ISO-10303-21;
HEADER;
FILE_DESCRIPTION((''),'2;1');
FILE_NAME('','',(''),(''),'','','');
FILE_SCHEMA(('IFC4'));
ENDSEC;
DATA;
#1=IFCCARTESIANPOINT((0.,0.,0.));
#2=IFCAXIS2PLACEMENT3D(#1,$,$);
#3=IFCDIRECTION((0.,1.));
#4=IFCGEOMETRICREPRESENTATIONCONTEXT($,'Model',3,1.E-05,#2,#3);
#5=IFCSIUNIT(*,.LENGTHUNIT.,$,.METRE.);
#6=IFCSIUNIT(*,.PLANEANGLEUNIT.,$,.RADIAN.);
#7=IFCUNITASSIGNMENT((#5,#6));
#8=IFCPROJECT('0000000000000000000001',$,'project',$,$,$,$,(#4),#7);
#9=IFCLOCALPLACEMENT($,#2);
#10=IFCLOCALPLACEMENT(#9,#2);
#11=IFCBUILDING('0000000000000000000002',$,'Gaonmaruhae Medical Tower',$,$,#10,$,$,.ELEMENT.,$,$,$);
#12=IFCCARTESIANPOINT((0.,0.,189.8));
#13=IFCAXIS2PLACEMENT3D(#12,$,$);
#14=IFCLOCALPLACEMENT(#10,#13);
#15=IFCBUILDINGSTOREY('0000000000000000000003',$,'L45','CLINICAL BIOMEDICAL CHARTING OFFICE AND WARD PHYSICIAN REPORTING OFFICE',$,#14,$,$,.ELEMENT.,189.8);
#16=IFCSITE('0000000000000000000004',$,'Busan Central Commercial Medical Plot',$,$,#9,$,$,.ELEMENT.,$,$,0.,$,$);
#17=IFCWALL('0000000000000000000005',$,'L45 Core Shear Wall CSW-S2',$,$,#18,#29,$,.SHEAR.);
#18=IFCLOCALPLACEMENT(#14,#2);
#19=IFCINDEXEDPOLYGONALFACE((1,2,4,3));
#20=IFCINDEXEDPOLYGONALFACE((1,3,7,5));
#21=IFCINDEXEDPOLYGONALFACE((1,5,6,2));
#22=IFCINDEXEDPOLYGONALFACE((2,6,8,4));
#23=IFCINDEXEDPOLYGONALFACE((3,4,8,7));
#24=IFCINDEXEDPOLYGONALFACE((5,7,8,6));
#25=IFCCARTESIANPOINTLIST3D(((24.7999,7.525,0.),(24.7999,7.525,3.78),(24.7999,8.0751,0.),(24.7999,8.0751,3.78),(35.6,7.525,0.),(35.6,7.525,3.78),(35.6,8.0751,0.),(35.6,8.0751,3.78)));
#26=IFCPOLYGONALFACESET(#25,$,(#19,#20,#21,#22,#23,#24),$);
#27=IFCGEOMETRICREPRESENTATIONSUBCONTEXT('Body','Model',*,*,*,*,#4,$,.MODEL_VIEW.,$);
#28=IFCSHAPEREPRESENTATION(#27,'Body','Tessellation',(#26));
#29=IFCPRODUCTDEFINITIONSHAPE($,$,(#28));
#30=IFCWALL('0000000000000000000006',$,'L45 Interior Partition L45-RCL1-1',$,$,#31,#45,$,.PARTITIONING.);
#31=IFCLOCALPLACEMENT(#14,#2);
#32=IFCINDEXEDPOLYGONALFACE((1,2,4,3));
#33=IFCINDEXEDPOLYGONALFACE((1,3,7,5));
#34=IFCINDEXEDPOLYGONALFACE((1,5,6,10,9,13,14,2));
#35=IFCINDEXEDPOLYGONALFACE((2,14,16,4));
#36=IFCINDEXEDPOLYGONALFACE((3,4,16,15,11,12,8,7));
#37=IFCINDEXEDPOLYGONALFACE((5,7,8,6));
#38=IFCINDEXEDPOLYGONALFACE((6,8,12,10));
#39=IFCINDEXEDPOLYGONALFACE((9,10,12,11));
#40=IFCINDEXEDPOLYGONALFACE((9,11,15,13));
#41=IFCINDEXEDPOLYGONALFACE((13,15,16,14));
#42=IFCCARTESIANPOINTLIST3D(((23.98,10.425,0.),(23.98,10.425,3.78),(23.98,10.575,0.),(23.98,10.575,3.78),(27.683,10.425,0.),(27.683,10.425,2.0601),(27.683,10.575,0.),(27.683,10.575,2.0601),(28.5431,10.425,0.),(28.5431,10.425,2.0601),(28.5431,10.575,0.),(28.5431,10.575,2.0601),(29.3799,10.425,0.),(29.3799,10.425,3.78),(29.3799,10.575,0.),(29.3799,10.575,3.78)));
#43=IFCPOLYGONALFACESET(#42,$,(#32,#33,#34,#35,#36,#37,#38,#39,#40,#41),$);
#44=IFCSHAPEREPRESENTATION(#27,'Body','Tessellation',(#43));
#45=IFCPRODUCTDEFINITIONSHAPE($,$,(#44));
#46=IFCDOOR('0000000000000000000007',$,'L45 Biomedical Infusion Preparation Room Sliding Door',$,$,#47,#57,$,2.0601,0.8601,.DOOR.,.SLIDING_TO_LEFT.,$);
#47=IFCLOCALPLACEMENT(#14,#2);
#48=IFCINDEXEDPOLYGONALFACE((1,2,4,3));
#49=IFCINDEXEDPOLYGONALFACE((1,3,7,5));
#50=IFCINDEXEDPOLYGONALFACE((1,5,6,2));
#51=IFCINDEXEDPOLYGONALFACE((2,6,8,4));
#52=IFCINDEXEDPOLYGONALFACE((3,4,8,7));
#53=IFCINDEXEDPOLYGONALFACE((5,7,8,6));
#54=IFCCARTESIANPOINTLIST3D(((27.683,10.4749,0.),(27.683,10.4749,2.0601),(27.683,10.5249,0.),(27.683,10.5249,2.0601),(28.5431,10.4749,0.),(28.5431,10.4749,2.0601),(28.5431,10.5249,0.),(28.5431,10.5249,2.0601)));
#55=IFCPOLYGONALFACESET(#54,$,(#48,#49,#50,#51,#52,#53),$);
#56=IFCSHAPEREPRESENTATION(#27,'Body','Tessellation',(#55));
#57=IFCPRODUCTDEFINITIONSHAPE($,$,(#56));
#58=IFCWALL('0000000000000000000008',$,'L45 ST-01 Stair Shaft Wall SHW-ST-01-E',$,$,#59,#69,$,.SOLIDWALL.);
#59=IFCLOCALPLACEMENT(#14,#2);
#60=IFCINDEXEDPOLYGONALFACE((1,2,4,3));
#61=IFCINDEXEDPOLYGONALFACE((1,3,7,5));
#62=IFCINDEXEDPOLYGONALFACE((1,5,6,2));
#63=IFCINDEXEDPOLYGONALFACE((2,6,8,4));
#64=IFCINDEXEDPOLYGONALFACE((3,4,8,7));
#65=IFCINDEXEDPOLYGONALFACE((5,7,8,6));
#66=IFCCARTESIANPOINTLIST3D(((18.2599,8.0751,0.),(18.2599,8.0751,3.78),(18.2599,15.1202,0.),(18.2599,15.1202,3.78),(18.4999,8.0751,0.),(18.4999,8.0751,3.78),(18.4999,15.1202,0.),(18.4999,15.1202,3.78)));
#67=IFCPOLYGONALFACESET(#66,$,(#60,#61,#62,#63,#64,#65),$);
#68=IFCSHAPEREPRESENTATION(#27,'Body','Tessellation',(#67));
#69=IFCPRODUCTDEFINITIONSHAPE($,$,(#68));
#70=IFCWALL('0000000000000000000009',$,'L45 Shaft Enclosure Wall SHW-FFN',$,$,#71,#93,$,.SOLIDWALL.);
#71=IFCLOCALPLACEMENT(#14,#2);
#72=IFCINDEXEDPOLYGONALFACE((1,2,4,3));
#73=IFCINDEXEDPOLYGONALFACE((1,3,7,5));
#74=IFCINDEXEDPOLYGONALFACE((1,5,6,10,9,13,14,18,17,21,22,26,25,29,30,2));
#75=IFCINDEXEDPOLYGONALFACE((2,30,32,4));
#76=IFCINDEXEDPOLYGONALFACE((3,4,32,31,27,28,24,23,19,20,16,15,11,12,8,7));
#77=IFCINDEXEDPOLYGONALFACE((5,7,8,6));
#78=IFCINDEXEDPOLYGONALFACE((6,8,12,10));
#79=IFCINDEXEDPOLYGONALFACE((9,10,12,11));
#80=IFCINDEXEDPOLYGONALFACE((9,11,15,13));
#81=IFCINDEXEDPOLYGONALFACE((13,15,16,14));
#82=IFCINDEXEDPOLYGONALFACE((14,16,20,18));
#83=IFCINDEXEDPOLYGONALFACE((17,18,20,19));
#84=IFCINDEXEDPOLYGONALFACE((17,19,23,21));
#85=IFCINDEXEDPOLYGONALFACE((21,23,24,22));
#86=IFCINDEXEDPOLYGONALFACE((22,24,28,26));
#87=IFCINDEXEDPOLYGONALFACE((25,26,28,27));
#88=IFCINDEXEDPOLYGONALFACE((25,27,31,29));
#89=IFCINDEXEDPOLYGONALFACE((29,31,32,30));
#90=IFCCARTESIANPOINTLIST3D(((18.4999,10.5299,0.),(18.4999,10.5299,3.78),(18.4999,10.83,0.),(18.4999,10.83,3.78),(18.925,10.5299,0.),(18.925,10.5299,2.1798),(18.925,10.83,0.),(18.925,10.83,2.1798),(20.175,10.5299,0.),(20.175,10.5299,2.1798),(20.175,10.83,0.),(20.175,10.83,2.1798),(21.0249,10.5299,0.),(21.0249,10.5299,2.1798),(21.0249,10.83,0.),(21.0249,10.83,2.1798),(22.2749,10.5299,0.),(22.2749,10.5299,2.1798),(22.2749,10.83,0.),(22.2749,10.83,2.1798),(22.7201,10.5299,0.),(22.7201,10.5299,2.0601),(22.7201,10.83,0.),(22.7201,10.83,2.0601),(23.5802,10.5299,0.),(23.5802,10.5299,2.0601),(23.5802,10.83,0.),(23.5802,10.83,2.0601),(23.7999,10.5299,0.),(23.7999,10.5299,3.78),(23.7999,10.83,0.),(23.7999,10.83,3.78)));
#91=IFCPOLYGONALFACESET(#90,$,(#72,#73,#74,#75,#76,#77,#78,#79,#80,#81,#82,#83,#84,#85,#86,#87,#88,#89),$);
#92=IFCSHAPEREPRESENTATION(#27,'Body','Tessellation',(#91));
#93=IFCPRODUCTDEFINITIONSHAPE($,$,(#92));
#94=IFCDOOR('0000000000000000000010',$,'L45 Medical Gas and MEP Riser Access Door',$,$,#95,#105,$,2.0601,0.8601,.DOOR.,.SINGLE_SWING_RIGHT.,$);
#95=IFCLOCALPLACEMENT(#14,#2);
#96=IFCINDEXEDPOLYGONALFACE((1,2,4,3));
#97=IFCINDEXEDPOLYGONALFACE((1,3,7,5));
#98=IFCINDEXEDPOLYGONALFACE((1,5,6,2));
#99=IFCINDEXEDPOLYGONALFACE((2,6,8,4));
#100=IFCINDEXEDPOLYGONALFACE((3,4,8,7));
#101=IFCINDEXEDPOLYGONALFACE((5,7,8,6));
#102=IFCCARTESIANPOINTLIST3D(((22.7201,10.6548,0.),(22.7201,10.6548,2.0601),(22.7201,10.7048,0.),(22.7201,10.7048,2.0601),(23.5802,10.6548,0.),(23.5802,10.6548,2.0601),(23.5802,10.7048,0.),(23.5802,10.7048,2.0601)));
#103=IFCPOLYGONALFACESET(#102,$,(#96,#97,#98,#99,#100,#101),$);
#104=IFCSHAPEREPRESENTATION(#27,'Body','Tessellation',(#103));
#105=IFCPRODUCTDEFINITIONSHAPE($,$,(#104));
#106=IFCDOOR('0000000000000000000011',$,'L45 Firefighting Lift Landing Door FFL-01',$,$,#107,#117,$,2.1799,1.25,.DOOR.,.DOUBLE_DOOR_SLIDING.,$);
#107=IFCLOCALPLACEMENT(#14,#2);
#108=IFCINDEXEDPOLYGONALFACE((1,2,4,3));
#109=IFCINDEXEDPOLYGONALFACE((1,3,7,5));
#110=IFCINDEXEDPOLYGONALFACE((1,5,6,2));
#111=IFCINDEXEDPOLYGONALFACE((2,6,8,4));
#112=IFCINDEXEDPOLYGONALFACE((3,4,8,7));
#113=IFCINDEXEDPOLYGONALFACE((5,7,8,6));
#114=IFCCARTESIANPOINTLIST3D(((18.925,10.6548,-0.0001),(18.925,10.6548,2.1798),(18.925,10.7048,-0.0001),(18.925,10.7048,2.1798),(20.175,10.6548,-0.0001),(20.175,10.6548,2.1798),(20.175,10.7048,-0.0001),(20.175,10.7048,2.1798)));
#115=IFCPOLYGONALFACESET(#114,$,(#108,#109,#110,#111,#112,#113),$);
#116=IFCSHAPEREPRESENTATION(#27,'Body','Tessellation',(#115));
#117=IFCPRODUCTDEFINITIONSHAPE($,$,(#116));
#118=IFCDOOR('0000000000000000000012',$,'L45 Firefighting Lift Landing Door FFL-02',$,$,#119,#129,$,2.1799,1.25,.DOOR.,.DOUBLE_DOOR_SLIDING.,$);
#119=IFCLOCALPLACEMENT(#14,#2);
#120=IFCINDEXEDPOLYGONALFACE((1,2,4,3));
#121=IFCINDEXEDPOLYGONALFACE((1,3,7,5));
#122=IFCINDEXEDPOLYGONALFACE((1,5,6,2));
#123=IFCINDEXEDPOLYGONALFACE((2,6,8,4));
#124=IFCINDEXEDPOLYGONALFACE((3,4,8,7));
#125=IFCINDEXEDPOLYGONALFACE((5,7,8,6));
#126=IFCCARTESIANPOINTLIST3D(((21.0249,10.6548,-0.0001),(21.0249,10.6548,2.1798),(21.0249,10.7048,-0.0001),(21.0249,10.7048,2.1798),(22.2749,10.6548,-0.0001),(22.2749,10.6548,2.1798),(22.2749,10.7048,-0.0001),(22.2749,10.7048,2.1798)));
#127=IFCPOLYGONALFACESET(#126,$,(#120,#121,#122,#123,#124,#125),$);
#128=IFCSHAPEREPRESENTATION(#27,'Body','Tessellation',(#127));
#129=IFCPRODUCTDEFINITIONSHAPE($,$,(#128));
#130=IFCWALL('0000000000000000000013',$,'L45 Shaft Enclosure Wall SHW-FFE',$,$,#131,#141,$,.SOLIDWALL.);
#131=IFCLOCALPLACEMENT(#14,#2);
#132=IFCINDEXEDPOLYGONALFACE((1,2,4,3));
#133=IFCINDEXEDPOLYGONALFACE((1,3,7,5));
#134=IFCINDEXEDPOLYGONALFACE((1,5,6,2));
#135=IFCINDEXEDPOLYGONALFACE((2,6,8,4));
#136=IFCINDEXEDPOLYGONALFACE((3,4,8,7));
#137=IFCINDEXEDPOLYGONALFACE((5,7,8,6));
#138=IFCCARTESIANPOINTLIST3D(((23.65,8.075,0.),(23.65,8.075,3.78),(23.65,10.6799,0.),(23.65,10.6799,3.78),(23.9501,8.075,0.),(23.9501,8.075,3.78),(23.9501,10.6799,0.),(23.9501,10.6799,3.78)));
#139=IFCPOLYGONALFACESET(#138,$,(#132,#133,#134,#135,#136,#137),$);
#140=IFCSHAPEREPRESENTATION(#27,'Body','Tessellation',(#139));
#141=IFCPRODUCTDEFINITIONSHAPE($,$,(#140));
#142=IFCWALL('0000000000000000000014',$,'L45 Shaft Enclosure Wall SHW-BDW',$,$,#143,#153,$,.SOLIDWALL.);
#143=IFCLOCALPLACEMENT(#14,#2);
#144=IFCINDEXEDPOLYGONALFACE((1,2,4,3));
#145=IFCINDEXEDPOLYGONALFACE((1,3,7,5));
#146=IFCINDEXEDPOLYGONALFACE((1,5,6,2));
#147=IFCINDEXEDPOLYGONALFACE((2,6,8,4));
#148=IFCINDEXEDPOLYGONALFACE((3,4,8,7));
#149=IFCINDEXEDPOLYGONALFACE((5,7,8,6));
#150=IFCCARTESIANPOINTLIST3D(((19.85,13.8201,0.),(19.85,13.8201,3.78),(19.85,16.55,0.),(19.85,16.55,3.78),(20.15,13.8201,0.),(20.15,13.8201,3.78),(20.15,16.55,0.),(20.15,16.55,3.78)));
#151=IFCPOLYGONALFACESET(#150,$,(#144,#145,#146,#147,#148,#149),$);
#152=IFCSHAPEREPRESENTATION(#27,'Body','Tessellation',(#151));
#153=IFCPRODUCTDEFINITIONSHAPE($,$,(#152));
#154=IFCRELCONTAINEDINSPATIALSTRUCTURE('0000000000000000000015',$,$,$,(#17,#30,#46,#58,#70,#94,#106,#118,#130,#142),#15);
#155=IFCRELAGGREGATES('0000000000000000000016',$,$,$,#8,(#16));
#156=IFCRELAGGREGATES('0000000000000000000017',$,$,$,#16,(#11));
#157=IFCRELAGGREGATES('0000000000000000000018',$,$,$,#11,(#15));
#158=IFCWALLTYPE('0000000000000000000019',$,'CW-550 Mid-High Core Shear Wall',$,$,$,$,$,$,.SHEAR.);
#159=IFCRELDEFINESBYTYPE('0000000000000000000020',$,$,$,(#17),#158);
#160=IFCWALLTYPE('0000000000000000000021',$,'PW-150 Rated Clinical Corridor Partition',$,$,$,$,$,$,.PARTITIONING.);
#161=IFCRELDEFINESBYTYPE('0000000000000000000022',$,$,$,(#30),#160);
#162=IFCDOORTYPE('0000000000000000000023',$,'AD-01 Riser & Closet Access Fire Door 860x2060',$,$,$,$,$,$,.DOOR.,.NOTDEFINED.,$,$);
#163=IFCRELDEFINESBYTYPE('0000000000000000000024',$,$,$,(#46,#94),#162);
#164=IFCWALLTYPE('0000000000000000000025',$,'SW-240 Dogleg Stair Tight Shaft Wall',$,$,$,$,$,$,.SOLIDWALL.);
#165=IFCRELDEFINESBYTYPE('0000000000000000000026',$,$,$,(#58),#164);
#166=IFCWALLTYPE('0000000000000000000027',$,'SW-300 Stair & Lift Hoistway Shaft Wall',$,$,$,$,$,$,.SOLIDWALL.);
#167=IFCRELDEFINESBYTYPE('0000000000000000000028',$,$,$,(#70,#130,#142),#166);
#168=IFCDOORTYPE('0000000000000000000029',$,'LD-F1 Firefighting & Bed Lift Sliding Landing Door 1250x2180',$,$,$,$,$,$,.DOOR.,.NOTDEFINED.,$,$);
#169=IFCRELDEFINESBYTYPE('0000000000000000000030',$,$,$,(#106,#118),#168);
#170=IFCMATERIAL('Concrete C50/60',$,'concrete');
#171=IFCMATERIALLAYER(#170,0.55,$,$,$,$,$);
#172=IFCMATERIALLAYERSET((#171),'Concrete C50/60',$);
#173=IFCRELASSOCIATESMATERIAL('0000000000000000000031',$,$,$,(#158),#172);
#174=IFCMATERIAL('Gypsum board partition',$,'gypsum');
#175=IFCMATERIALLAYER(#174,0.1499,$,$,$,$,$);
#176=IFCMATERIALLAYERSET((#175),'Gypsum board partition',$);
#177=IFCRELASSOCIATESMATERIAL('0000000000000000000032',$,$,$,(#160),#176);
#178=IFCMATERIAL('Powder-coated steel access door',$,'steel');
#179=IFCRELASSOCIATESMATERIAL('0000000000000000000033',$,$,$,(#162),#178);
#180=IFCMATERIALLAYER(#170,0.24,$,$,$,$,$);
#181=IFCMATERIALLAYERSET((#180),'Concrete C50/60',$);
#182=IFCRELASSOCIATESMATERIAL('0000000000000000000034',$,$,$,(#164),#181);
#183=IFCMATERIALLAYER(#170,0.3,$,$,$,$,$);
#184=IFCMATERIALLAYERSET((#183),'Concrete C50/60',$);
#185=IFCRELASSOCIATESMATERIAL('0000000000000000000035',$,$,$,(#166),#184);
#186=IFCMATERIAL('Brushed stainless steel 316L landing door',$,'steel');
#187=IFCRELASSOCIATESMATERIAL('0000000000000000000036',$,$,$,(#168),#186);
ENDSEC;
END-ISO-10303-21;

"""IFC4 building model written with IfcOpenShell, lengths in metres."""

from ifc_helpers import new_model, si_unit, direction, frame, frame_2d, origin, place, context, subcontext, project, spatial, rectangle, extrude, material, layer, layer_set, type_object, element, fill, save


model = new_model("IFC4")

# Units and contexts
model_context = context("Model", 3, precision=1e-05, world=origin(), true_north=direction((0.0, 1.0)))
body_context = subcontext(model_context, "Body", "Model", "MODEL_VIEW")
ifc_project = project(units=[si_unit("LENGTHUNIT", "METRE"), si_unit("PLANEANGLEUNIT", "RADIAN")], contexts=[model_context])

# Site, building, storey
site_placement = place(None, origin())
site = spatial("IfcSite", under=ifc_project, at=site_placement, Name="Busan Central Commercial Medical Plot", CompositionType="ELEMENT", RefElevation=0.0)
building_placement = place(site_placement, origin())
building = spatial("IfcBuilding", under=site, at=building_placement, Name="Gaonmaruhae Medical Tower", CompositionType="ELEMENT")
storey_placement = place(building_placement, frame((0.0, 0.0, 189.8)))
storey = spatial("IfcBuildingStorey", under=building, at=storey_placement, Name="L45", Description="CLINICAL BIOMEDICAL CHARTING OFFICE AND WARD PHYSICIAN REPORTING OFFICE", CompositionType="ELEMENT", Elevation=189.8)

# Wall
ifc_material_1 = material(Name="Concrete C50/60", Category="concrete")
ifc_layer_1 = layer(ifc_material_1, 0.55)
ifc_layer_set_1 = layer_set([ifc_layer_1], Name="Concrete C50/60")
wall_type_1 = type_object("IfcWallType", Name="CW-550 Mid-High Core Shear Wall", PredefinedType="SHEAR", material=ifc_layer_set_1)
wall_1_placement = place(storey_placement, frame((24.8, 7.8, 0.0), z_axis=(0.0, 0.0, 1.0), x_axis=(1.0, 0.0, 0.0)))
element("IfcWall", 1, at=wall_1_placement, inside=storey, type_object=wall_type_1, Name="L45 Core Shear Wall CSW-S2", PredefinedType="SHEAR", context=body_context, shape_type="SweptSolid", body=[
    extrude(rectangle(XDim=10.8, YDim=0.55, at=frame_2d((5.3999, 0.0))), origin(), (0.0, 0.0, 1.0), 3.78),
])

# Wall, opening, door
ifc_material_2 = material(Name="Gypsum board partition", Category="gypsum")
ifc_layer_2 = layer(ifc_material_2, 0.1499)
ifc_layer_set_2 = layer_set([ifc_layer_2], Name="Gypsum board partition")
wall_type_2 = type_object("IfcWallType", Name="PW-150 Rated Clinical Corridor Partition", PredefinedType="PARTITIONING", material=ifc_layer_set_2)
wall_2_placement = place(storey_placement, frame((23.98, 10.5, 0.0), z_axis=(0.0, 0.0, 1.0), x_axis=(1.0, 0.0, 0.0)))
wall_2 = element("IfcWall", 2, at=wall_2_placement, inside=storey, type_object=wall_type_2, Name="L45 Interior Partition L45-RCL1-1", PredefinedType="PARTITIONING", context=body_context, shape_type="SweptSolid", body=[
    extrude(rectangle(XDim=5.3999, YDim=0.1499, at=frame_2d((2.7, 0.0))), origin(), (0.0, 0.0, 1.0), 3.78),
])
opening_1_placement = place(wall_2_placement, frame((3.7029, 0.0, 0.0)))
opening_1 = element("IfcOpeningElement", 3, at=opening_1_placement, cuts=wall_2, PredefinedType="OPENING", context=body_context, shape_type="SweptSolid", body=[
    extrude(rectangle(XDim=0.8601, YDim=2.0601, at=frame_2d((0.4302, 1.03))), frame((0.0, 0.085, 0.0), z_axis=(0.0, -1.0, 0.0), x_axis=(1.0, 0.0, 0.0)), (0.0, 0.0, 1.0), 0.1699),
])
ifc_material_3 = material(Name="Powder-coated steel access door", Category="steel")
door_type_1 = type_object("IfcDoorType", Name="AD-01 Riser & Closet Access Fire Door 860x2060", OperationType="NOTDEFINED", PredefinedType="DOOR", material=ifc_material_3)
door_1_placement = place(opening_1_placement, origin())
door_1 = element("IfcDoor", 4, at=door_1_placement, inside=storey, type_object=door_type_1, Name="L45 Biomedical Infusion Preparation Room Sliding Door", OperationType="SLIDING_TO_LEFT", OverallHeight=2.0601, OverallWidth=0.8601, PredefinedType="DOOR", context=body_context, shape_type="SweptSolid", body=[
    extrude(rectangle(XDim=0.8601, YDim=2.0601, at=frame_2d((0.4302, 1.03))), frame((0.0, 0.0249, 0.0), z_axis=(0.0, -1.0, 0.0), x_axis=(1.0, 0.0, 0.0)), (0.0, 0.0, 1.0), 0.05),
])
fill(opening_1, door_1)

# Wall
ifc_layer_3 = layer(ifc_material_1, 0.24)
ifc_layer_set_3 = layer_set([ifc_layer_3], Name="Concrete C50/60")
wall_type_3 = type_object("IfcWallType", Name="SW-240 Dogleg Stair Tight Shaft Wall", PredefinedType="SOLIDWALL", material=ifc_layer_set_3)
wall_3_placement = place(storey_placement, frame((18.3799, 15.1201, 0.0), z_axis=(0.0, 0.0, 1.0), x_axis=(0.0, -1.0, 0.0)))
element("IfcWall", 5, at=wall_3_placement, inside=storey, type_object=wall_type_3, Name="L45 ST-01 Stair Shaft Wall SHW-ST-01-E", PredefinedType="SOLIDWALL", context=body_context, shape_type="SweptSolid", body=[
    extrude(rectangle(XDim=7.0452, YDim=0.24, at=frame_2d((3.5225, 0.0))), origin(), (0.0, 0.0, 1.0), 3.78),
])

# Wall, openings, doors
ifc_layer_4 = layer(ifc_material_1, 0.3)
ifc_layer_set_4 = layer_set([ifc_layer_4], Name="Concrete C50/60")
wall_type_4 = type_object("IfcWallType", Name="SW-300 Stair & Lift Hoistway Shaft Wall", PredefinedType="SOLIDWALL", material=ifc_layer_set_4)
ifc_material_4 = material(Name="Brushed stainless steel 316L landing door", Category="steel")
door_type_2 = type_object("IfcDoorType", Name="LD-F1 Firefighting & Bed Lift Sliding Landing Door 1250x2180", OperationType="NOTDEFINED", PredefinedType="DOOR", material=ifc_material_4)
wall_4_placement = place(storey_placement, frame((18.5, 10.6799, 0.0), z_axis=(0.0, 0.0, 1.0), x_axis=(1.0, 0.0, 0.0)))
wall_4 = element("IfcWall", 6, at=wall_4_placement, inside=storey, type_object=wall_type_4, Name="L45 Shaft Enclosure Wall SHW-FFN", PredefinedType="SOLIDWALL", context=body_context, shape_type="SweptSolid", body=[
    extrude(rectangle(XDim=5.3, YDim=0.3, at=frame_2d((2.6499, 0.0))), origin(), (0.0, 0.0, 1.0), 3.78),
])
opening_2_placement = place(wall_4_placement, frame((4.22, 0.0, 0.0)))
opening_2 = element("IfcOpeningElement", 7, at=opening_2_placement, cuts=wall_4, PredefinedType="OPENING", context=body_context, shape_type="SweptSolid", body=[
    extrude(rectangle(XDim=0.8601, YDim=2.0601, at=frame_2d((0.4302, 1.03))), frame((0.0, 0.1602, 0.0), z_axis=(0.0, -1.0, 0.0), x_axis=(1.0, 0.0, 0.0)), (0.0, 0.0, 1.0), 0.3201),
])
opening_3_placement = place(wall_4_placement, frame((0.425, 0.0, 0.0)))
opening_3 = element("IfcOpeningElement", 8, at=opening_3_placement, cuts=wall_4, PredefinedType="OPENING", context=body_context, shape_type="SweptSolid", body=[
    extrude(rectangle(XDim=1.25, YDim=2.1799, at=frame_2d((0.625, 1.0898))), frame((0.0, 0.1602, 0.0), z_axis=(0.0, -1.0, 0.0), x_axis=(1.0, 0.0, 0.0)), (0.0, 0.0, 1.0), 0.3201),
])
opening_4_placement = place(wall_4_placement, frame((2.5249, 0.0, 0.0)))
opening_4 = element("IfcOpeningElement", 9, at=opening_4_placement, cuts=wall_4, PredefinedType="OPENING", context=body_context, shape_type="SweptSolid", body=[
    extrude(rectangle(XDim=1.25, YDim=2.1799, at=frame_2d((0.625, 1.0898))), frame((0.0, 0.1602, 0.0), z_axis=(0.0, -1.0, 0.0), x_axis=(1.0, 0.0, 0.0)), (0.0, 0.0, 1.0), 0.3201),
])
door_2_placement = place(opening_2_placement, origin())
door_2 = element("IfcDoor", 10, at=door_2_placement, inside=storey, type_object=door_type_1, Name="L45 Medical Gas and MEP Riser Access Door", OperationType="SINGLE_SWING_RIGHT", OverallHeight=2.0601, OverallWidth=0.8601, PredefinedType="DOOR", context=body_context, shape_type="SweptSolid", body=[
    extrude(rectangle(XDim=0.8601, YDim=2.0601, at=frame_2d((0.4302, 1.03))), frame((0.0, 0.0249, 0.0), z_axis=(0.0, -1.0, 0.0), x_axis=(1.0, 0.0, 0.0)), (0.0, 0.0, 1.0), 0.05),
])
fill(opening_2, door_2)
door_3_placement = place(opening_3_placement, origin())
door_3 = element("IfcDoor", 11, at=door_3_placement, inside=storey, type_object=door_type_2, Name="L45 Firefighting Lift Landing Door FFL-01", OperationType="DOUBLE_DOOR_SLIDING", OverallHeight=2.1799, OverallWidth=1.25, PredefinedType="DOOR", context=body_context, shape_type="SweptSolid", body=[
    extrude(rectangle(XDim=1.25, YDim=2.1799, at=frame_2d((0.625, 1.0898))), frame((0.0, 0.0249, 0.0), z_axis=(0.0, -1.0, 0.0), x_axis=(1.0, 0.0, 0.0)), (0.0, 0.0, 1.0), 0.05),
])
fill(opening_3, door_3)
door_4_placement = place(opening_4_placement, origin())
door_4 = element("IfcDoor", 12, at=door_4_placement, inside=storey, type_object=door_type_2, Name="L45 Firefighting Lift Landing Door FFL-02", OperationType="DOUBLE_DOOR_SLIDING", OverallHeight=2.1799, OverallWidth=1.25, PredefinedType="DOOR", context=body_context, shape_type="SweptSolid", body=[
    extrude(rectangle(XDim=1.25, YDim=2.1799, at=frame_2d((0.625, 1.0898))), frame((0.0, 0.0249, 0.0), z_axis=(0.0, -1.0, 0.0), x_axis=(1.0, 0.0, 0.0)), (0.0, 0.0, 1.0), 0.05),
])
fill(opening_4, door_4)

# Walls
wall_5_placement = place(storey_placement, frame((23.8, 8.075, 0.0), z_axis=(0.0, 0.0, 1.0), x_axis=(0.0, 1.0, 0.0)))
element("IfcWall", 13, at=wall_5_placement, inside=storey, type_object=wall_type_4, Name="L45 Shaft Enclosure Wall SHW-FFE", PredefinedType="SOLIDWALL", context=body_context, shape_type="SweptSolid", body=[
    extrude(rectangle(XDim=2.605, YDim=0.3, at=frame_2d((1.3025, 0.0))), origin(), (0.0, 0.0, 1.0), 3.78),
])
wall_6_placement = place(storey_placement, frame((20.0, 13.8201, 0.0), z_axis=(0.0, 0.0, 1.0), x_axis=(0.0, 1.0, 0.0)))
element("IfcWall", 14, at=wall_6_placement, inside=storey, type_object=wall_type_4, Name="L45 Shaft Enclosure Wall SHW-BDW", PredefinedType="SOLIDWALL", context=body_context, shape_type="SweptSolid", body=[
    extrude(rectangle(XDim=2.73, YDim=0.3, at=frame_2d((1.365, 0.0))), origin(), (0.0, 0.0, 1.0), 3.78),
])

save(model, "model.ifc")
